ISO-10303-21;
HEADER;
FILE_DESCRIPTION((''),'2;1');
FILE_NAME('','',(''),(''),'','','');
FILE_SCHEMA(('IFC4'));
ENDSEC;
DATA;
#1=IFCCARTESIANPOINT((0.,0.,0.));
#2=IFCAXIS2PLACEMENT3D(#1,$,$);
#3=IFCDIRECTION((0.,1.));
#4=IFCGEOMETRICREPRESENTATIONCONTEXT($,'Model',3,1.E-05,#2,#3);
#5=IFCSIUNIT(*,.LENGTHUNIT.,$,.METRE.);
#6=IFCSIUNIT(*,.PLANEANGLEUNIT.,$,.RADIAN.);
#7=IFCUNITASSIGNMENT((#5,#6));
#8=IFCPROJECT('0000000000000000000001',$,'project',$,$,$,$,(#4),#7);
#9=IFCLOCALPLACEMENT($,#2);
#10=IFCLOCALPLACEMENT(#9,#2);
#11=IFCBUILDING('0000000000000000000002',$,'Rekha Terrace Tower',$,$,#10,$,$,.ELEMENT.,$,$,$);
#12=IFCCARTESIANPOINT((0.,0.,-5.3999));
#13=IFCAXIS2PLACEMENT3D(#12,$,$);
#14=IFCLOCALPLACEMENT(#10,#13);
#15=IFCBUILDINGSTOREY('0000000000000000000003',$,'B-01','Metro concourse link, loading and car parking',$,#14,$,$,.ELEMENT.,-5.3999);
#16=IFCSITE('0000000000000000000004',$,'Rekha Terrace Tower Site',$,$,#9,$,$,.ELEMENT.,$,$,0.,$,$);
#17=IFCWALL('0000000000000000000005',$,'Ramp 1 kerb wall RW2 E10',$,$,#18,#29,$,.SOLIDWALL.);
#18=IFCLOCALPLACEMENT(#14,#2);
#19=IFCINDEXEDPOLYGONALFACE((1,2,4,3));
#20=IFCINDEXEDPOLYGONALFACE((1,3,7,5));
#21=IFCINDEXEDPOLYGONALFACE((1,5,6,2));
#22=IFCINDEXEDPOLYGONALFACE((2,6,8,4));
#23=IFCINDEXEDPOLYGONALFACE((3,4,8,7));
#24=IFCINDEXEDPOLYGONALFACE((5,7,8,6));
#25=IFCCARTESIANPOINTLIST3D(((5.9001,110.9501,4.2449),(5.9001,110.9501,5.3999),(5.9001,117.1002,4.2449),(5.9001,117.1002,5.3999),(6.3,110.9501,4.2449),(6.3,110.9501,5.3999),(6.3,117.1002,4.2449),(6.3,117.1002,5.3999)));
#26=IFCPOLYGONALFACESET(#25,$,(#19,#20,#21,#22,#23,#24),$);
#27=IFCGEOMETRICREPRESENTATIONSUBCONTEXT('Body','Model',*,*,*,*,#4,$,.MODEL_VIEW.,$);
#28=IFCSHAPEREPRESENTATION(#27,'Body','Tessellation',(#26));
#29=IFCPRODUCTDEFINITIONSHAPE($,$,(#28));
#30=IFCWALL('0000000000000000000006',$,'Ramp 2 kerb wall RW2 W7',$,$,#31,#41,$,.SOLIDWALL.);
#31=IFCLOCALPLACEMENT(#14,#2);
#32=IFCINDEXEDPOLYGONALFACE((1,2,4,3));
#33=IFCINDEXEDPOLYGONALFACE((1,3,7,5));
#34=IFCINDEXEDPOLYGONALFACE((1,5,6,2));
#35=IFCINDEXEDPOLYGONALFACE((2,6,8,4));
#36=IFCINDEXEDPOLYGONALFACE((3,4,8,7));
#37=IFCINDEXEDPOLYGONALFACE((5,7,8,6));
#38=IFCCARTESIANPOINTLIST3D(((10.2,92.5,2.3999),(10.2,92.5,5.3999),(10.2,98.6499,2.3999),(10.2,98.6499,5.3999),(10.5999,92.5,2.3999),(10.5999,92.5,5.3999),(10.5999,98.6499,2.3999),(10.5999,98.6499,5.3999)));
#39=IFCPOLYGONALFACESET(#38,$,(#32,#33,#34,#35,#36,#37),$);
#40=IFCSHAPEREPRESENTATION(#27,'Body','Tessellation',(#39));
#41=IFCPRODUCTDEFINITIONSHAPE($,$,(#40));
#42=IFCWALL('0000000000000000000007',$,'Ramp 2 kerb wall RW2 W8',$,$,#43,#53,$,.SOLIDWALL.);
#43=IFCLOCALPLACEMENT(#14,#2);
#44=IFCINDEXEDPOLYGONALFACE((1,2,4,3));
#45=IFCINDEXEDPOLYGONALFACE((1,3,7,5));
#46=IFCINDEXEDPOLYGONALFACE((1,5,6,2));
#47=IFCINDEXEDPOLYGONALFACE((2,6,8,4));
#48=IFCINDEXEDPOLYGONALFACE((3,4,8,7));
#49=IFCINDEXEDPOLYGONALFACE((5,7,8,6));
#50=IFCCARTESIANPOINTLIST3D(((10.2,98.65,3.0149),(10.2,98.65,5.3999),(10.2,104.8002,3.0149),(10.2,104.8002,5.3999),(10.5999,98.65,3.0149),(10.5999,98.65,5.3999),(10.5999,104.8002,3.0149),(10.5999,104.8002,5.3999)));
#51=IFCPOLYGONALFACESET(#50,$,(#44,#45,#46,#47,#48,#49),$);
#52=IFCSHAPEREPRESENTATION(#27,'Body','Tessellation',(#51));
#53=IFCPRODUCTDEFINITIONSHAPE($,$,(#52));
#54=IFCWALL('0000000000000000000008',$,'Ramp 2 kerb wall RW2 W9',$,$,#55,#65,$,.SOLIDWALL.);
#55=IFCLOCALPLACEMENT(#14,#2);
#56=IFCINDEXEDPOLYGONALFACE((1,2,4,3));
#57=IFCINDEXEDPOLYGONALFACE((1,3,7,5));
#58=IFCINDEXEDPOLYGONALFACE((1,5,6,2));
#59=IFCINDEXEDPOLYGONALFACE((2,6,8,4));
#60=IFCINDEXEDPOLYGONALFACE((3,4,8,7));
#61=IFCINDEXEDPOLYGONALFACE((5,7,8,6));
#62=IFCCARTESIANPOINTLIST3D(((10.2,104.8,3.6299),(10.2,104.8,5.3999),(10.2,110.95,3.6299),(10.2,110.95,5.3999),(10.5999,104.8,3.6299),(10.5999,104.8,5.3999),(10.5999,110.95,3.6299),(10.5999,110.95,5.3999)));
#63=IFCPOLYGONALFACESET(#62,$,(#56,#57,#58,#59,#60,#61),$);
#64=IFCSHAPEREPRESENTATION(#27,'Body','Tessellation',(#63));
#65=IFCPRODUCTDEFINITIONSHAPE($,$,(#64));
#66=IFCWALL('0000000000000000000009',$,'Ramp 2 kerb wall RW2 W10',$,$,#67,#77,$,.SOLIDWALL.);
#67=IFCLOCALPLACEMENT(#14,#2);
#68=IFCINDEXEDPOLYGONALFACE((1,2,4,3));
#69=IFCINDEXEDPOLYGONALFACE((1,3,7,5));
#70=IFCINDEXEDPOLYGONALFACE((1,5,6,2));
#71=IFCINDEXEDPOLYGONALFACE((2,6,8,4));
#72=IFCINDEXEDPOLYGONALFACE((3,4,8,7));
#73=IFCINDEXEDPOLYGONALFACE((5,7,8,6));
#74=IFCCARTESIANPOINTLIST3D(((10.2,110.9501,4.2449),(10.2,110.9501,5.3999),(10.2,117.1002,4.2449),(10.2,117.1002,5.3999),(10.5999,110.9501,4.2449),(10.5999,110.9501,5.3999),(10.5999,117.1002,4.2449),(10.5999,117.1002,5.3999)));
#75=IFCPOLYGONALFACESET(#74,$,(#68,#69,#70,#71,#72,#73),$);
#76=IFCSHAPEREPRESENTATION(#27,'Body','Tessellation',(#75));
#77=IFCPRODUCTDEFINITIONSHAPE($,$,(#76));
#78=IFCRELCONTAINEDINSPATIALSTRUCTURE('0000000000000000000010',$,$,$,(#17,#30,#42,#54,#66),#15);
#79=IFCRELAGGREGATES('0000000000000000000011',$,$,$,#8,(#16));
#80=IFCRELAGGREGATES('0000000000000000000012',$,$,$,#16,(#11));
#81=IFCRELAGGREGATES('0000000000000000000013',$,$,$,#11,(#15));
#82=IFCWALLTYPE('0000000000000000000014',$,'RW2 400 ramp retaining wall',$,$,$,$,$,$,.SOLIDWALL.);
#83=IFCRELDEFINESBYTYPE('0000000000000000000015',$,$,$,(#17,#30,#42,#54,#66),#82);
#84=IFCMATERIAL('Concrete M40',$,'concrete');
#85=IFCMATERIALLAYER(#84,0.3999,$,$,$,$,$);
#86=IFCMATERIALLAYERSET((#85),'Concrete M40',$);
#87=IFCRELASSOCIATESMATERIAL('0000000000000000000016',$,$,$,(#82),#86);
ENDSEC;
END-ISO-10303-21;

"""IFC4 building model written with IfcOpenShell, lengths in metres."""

from ifc_helpers import new_model, si_unit, direction, frame, frame_2d, origin, place, context, subcontext, project, spatial, rectangle, extrude, material, layer, layer_set, type_object, element, save


model = new_model("IFC4")

# Units and contexts
model_context = context("Model", 3, precision=1e-05, world=origin(), true_north=direction((0.0, 1.0)))
body_context = subcontext(model_context, "Body", "Model", "MODEL_VIEW")
ifc_project = project(units=[si_unit("LENGTHUNIT", "METRE"), si_unit("PLANEANGLEUNIT", "RADIAN")], contexts=[model_context])

# Site, building, storey
site_placement = place(None, origin())
site = spatial("IfcSite", under=ifc_project, at=site_placement, Name="Rekha Terrace Tower Site", CompositionType="ELEMENT", RefElevation=0.0)
building_placement = place(site_placement, origin())
building = spatial("IfcBuilding", under=site, at=building_placement, Name="Rekha Terrace Tower", CompositionType="ELEMENT")
storey_placement = place(building_placement, frame((0.0, 0.0, -5.3999)))
storey = spatial("IfcBuildingStorey", under=building, at=storey_placement, Name="B-01", Description="Metro concourse link, loading and car parking", CompositionType="ELEMENT", Elevation=-5.3999)

# Shared definitions
ifc_material = material(Name="Concrete M40", Category="concrete")

# Walls
ifc_layer = layer(ifc_material, 0.3999)
ifc_layer_set = layer_set([ifc_layer], Name="Concrete M40")
wall_type = type_object("IfcWallType", Name="RW2 400 ramp retaining wall", PredefinedType="SOLIDWALL", material=ifc_layer_set)
wall_1_placement = place(storey_placement, frame((6.1001, 110.95, 4.2449), z_axis=(0.0, 0.0, 1.0), x_axis=(0.0, 1.0, 0.0)))
element("IfcWall", 1, at=wall_1_placement, inside=storey, type_object=wall_type, Name="Ramp 1 kerb wall RW2 E10", PredefinedType="SOLIDWALL", context=body_context, shape_type="SweptSolid", body=[
    extrude(rectangle(XDim=6.1501, YDim=0.3999, at=frame_2d((3.0752, 0.0))), origin(), (0.0, 0.0, 1.0), 1.155),
])
wall_2_placement = place(storey_placement, frame((10.3999, 92.5, 2.3999), z_axis=(0.0, 0.0, 1.0), x_axis=(0.0, 1.0, 0.0)))
element("IfcWall", 2, at=wall_2_placement, inside=storey, type_object=wall_type, Name="Ramp 2 kerb wall RW2 W7", PredefinedType="SOLIDWALL", context=body_context, shape_type="SweptSolid", body=[
    extrude(rectangle(XDim=6.1499, YDim=0.3999, at=frame_2d((3.075, 0.0))), origin(), (0.0, 0.0, 1.0), 3.0),
])
wall_3_placement = place(storey_placement, frame((10.3999, 98.6499, 3.0149), z_axis=(0.0, 0.0, 1.0), x_axis=(0.0, 1.0, 0.0)))
element("IfcWall", 3, at=wall_3_placement, inside=storey, type_object=wall_type, Name="Ramp 2 kerb wall RW2 W8", PredefinedType="SOLIDWALL", context=body_context, shape_type="SweptSolid", body=[
    extrude(rectangle(XDim=6.1501, YDim=0.3999, at=frame_2d((3.0752, 0.0))), origin(), (0.0, 0.0, 1.0), 2.385),
])
wall_4_placement = place(storey_placement, frame((10.3999, 104.8, 3.6299), z_axis=(0.0, 0.0, 1.0), x_axis=(0.0, 1.0, 0.0)))
element("IfcWall", 4, at=wall_4_placement, inside=storey, type_object=wall_type, Name="Ramp 2 kerb wall RW2 W9", PredefinedType="SOLIDWALL", context=body_context, shape_type="SweptSolid", body=[
    extrude(rectangle(XDim=6.1499, YDim=0.3999, at=frame_2d((3.075, 0.0))), origin(), (0.0, 0.0, 1.0), 1.77),
])
wall_5_placement = place(storey_placement, frame((10.3999, 110.95, 4.2449), z_axis=(0.0, 0.0, 1.0), x_axis=(0.0, 1.0, 0.0)))
element("IfcWall", 5, at=wall_5_placement, inside=storey, type_object=wall_type, Name="Ramp 2 kerb wall RW2 W10", PredefinedType="SOLIDWALL", context=body_context, shape_type="SweptSolid", body=[
    extrude(rectangle(XDim=6.1501, YDim=0.3999, at=frame_2d((3.0752, 0.0))), origin(), (0.0, 0.0, 1.0), 1.155),
])

save(model, "model.ifc")
